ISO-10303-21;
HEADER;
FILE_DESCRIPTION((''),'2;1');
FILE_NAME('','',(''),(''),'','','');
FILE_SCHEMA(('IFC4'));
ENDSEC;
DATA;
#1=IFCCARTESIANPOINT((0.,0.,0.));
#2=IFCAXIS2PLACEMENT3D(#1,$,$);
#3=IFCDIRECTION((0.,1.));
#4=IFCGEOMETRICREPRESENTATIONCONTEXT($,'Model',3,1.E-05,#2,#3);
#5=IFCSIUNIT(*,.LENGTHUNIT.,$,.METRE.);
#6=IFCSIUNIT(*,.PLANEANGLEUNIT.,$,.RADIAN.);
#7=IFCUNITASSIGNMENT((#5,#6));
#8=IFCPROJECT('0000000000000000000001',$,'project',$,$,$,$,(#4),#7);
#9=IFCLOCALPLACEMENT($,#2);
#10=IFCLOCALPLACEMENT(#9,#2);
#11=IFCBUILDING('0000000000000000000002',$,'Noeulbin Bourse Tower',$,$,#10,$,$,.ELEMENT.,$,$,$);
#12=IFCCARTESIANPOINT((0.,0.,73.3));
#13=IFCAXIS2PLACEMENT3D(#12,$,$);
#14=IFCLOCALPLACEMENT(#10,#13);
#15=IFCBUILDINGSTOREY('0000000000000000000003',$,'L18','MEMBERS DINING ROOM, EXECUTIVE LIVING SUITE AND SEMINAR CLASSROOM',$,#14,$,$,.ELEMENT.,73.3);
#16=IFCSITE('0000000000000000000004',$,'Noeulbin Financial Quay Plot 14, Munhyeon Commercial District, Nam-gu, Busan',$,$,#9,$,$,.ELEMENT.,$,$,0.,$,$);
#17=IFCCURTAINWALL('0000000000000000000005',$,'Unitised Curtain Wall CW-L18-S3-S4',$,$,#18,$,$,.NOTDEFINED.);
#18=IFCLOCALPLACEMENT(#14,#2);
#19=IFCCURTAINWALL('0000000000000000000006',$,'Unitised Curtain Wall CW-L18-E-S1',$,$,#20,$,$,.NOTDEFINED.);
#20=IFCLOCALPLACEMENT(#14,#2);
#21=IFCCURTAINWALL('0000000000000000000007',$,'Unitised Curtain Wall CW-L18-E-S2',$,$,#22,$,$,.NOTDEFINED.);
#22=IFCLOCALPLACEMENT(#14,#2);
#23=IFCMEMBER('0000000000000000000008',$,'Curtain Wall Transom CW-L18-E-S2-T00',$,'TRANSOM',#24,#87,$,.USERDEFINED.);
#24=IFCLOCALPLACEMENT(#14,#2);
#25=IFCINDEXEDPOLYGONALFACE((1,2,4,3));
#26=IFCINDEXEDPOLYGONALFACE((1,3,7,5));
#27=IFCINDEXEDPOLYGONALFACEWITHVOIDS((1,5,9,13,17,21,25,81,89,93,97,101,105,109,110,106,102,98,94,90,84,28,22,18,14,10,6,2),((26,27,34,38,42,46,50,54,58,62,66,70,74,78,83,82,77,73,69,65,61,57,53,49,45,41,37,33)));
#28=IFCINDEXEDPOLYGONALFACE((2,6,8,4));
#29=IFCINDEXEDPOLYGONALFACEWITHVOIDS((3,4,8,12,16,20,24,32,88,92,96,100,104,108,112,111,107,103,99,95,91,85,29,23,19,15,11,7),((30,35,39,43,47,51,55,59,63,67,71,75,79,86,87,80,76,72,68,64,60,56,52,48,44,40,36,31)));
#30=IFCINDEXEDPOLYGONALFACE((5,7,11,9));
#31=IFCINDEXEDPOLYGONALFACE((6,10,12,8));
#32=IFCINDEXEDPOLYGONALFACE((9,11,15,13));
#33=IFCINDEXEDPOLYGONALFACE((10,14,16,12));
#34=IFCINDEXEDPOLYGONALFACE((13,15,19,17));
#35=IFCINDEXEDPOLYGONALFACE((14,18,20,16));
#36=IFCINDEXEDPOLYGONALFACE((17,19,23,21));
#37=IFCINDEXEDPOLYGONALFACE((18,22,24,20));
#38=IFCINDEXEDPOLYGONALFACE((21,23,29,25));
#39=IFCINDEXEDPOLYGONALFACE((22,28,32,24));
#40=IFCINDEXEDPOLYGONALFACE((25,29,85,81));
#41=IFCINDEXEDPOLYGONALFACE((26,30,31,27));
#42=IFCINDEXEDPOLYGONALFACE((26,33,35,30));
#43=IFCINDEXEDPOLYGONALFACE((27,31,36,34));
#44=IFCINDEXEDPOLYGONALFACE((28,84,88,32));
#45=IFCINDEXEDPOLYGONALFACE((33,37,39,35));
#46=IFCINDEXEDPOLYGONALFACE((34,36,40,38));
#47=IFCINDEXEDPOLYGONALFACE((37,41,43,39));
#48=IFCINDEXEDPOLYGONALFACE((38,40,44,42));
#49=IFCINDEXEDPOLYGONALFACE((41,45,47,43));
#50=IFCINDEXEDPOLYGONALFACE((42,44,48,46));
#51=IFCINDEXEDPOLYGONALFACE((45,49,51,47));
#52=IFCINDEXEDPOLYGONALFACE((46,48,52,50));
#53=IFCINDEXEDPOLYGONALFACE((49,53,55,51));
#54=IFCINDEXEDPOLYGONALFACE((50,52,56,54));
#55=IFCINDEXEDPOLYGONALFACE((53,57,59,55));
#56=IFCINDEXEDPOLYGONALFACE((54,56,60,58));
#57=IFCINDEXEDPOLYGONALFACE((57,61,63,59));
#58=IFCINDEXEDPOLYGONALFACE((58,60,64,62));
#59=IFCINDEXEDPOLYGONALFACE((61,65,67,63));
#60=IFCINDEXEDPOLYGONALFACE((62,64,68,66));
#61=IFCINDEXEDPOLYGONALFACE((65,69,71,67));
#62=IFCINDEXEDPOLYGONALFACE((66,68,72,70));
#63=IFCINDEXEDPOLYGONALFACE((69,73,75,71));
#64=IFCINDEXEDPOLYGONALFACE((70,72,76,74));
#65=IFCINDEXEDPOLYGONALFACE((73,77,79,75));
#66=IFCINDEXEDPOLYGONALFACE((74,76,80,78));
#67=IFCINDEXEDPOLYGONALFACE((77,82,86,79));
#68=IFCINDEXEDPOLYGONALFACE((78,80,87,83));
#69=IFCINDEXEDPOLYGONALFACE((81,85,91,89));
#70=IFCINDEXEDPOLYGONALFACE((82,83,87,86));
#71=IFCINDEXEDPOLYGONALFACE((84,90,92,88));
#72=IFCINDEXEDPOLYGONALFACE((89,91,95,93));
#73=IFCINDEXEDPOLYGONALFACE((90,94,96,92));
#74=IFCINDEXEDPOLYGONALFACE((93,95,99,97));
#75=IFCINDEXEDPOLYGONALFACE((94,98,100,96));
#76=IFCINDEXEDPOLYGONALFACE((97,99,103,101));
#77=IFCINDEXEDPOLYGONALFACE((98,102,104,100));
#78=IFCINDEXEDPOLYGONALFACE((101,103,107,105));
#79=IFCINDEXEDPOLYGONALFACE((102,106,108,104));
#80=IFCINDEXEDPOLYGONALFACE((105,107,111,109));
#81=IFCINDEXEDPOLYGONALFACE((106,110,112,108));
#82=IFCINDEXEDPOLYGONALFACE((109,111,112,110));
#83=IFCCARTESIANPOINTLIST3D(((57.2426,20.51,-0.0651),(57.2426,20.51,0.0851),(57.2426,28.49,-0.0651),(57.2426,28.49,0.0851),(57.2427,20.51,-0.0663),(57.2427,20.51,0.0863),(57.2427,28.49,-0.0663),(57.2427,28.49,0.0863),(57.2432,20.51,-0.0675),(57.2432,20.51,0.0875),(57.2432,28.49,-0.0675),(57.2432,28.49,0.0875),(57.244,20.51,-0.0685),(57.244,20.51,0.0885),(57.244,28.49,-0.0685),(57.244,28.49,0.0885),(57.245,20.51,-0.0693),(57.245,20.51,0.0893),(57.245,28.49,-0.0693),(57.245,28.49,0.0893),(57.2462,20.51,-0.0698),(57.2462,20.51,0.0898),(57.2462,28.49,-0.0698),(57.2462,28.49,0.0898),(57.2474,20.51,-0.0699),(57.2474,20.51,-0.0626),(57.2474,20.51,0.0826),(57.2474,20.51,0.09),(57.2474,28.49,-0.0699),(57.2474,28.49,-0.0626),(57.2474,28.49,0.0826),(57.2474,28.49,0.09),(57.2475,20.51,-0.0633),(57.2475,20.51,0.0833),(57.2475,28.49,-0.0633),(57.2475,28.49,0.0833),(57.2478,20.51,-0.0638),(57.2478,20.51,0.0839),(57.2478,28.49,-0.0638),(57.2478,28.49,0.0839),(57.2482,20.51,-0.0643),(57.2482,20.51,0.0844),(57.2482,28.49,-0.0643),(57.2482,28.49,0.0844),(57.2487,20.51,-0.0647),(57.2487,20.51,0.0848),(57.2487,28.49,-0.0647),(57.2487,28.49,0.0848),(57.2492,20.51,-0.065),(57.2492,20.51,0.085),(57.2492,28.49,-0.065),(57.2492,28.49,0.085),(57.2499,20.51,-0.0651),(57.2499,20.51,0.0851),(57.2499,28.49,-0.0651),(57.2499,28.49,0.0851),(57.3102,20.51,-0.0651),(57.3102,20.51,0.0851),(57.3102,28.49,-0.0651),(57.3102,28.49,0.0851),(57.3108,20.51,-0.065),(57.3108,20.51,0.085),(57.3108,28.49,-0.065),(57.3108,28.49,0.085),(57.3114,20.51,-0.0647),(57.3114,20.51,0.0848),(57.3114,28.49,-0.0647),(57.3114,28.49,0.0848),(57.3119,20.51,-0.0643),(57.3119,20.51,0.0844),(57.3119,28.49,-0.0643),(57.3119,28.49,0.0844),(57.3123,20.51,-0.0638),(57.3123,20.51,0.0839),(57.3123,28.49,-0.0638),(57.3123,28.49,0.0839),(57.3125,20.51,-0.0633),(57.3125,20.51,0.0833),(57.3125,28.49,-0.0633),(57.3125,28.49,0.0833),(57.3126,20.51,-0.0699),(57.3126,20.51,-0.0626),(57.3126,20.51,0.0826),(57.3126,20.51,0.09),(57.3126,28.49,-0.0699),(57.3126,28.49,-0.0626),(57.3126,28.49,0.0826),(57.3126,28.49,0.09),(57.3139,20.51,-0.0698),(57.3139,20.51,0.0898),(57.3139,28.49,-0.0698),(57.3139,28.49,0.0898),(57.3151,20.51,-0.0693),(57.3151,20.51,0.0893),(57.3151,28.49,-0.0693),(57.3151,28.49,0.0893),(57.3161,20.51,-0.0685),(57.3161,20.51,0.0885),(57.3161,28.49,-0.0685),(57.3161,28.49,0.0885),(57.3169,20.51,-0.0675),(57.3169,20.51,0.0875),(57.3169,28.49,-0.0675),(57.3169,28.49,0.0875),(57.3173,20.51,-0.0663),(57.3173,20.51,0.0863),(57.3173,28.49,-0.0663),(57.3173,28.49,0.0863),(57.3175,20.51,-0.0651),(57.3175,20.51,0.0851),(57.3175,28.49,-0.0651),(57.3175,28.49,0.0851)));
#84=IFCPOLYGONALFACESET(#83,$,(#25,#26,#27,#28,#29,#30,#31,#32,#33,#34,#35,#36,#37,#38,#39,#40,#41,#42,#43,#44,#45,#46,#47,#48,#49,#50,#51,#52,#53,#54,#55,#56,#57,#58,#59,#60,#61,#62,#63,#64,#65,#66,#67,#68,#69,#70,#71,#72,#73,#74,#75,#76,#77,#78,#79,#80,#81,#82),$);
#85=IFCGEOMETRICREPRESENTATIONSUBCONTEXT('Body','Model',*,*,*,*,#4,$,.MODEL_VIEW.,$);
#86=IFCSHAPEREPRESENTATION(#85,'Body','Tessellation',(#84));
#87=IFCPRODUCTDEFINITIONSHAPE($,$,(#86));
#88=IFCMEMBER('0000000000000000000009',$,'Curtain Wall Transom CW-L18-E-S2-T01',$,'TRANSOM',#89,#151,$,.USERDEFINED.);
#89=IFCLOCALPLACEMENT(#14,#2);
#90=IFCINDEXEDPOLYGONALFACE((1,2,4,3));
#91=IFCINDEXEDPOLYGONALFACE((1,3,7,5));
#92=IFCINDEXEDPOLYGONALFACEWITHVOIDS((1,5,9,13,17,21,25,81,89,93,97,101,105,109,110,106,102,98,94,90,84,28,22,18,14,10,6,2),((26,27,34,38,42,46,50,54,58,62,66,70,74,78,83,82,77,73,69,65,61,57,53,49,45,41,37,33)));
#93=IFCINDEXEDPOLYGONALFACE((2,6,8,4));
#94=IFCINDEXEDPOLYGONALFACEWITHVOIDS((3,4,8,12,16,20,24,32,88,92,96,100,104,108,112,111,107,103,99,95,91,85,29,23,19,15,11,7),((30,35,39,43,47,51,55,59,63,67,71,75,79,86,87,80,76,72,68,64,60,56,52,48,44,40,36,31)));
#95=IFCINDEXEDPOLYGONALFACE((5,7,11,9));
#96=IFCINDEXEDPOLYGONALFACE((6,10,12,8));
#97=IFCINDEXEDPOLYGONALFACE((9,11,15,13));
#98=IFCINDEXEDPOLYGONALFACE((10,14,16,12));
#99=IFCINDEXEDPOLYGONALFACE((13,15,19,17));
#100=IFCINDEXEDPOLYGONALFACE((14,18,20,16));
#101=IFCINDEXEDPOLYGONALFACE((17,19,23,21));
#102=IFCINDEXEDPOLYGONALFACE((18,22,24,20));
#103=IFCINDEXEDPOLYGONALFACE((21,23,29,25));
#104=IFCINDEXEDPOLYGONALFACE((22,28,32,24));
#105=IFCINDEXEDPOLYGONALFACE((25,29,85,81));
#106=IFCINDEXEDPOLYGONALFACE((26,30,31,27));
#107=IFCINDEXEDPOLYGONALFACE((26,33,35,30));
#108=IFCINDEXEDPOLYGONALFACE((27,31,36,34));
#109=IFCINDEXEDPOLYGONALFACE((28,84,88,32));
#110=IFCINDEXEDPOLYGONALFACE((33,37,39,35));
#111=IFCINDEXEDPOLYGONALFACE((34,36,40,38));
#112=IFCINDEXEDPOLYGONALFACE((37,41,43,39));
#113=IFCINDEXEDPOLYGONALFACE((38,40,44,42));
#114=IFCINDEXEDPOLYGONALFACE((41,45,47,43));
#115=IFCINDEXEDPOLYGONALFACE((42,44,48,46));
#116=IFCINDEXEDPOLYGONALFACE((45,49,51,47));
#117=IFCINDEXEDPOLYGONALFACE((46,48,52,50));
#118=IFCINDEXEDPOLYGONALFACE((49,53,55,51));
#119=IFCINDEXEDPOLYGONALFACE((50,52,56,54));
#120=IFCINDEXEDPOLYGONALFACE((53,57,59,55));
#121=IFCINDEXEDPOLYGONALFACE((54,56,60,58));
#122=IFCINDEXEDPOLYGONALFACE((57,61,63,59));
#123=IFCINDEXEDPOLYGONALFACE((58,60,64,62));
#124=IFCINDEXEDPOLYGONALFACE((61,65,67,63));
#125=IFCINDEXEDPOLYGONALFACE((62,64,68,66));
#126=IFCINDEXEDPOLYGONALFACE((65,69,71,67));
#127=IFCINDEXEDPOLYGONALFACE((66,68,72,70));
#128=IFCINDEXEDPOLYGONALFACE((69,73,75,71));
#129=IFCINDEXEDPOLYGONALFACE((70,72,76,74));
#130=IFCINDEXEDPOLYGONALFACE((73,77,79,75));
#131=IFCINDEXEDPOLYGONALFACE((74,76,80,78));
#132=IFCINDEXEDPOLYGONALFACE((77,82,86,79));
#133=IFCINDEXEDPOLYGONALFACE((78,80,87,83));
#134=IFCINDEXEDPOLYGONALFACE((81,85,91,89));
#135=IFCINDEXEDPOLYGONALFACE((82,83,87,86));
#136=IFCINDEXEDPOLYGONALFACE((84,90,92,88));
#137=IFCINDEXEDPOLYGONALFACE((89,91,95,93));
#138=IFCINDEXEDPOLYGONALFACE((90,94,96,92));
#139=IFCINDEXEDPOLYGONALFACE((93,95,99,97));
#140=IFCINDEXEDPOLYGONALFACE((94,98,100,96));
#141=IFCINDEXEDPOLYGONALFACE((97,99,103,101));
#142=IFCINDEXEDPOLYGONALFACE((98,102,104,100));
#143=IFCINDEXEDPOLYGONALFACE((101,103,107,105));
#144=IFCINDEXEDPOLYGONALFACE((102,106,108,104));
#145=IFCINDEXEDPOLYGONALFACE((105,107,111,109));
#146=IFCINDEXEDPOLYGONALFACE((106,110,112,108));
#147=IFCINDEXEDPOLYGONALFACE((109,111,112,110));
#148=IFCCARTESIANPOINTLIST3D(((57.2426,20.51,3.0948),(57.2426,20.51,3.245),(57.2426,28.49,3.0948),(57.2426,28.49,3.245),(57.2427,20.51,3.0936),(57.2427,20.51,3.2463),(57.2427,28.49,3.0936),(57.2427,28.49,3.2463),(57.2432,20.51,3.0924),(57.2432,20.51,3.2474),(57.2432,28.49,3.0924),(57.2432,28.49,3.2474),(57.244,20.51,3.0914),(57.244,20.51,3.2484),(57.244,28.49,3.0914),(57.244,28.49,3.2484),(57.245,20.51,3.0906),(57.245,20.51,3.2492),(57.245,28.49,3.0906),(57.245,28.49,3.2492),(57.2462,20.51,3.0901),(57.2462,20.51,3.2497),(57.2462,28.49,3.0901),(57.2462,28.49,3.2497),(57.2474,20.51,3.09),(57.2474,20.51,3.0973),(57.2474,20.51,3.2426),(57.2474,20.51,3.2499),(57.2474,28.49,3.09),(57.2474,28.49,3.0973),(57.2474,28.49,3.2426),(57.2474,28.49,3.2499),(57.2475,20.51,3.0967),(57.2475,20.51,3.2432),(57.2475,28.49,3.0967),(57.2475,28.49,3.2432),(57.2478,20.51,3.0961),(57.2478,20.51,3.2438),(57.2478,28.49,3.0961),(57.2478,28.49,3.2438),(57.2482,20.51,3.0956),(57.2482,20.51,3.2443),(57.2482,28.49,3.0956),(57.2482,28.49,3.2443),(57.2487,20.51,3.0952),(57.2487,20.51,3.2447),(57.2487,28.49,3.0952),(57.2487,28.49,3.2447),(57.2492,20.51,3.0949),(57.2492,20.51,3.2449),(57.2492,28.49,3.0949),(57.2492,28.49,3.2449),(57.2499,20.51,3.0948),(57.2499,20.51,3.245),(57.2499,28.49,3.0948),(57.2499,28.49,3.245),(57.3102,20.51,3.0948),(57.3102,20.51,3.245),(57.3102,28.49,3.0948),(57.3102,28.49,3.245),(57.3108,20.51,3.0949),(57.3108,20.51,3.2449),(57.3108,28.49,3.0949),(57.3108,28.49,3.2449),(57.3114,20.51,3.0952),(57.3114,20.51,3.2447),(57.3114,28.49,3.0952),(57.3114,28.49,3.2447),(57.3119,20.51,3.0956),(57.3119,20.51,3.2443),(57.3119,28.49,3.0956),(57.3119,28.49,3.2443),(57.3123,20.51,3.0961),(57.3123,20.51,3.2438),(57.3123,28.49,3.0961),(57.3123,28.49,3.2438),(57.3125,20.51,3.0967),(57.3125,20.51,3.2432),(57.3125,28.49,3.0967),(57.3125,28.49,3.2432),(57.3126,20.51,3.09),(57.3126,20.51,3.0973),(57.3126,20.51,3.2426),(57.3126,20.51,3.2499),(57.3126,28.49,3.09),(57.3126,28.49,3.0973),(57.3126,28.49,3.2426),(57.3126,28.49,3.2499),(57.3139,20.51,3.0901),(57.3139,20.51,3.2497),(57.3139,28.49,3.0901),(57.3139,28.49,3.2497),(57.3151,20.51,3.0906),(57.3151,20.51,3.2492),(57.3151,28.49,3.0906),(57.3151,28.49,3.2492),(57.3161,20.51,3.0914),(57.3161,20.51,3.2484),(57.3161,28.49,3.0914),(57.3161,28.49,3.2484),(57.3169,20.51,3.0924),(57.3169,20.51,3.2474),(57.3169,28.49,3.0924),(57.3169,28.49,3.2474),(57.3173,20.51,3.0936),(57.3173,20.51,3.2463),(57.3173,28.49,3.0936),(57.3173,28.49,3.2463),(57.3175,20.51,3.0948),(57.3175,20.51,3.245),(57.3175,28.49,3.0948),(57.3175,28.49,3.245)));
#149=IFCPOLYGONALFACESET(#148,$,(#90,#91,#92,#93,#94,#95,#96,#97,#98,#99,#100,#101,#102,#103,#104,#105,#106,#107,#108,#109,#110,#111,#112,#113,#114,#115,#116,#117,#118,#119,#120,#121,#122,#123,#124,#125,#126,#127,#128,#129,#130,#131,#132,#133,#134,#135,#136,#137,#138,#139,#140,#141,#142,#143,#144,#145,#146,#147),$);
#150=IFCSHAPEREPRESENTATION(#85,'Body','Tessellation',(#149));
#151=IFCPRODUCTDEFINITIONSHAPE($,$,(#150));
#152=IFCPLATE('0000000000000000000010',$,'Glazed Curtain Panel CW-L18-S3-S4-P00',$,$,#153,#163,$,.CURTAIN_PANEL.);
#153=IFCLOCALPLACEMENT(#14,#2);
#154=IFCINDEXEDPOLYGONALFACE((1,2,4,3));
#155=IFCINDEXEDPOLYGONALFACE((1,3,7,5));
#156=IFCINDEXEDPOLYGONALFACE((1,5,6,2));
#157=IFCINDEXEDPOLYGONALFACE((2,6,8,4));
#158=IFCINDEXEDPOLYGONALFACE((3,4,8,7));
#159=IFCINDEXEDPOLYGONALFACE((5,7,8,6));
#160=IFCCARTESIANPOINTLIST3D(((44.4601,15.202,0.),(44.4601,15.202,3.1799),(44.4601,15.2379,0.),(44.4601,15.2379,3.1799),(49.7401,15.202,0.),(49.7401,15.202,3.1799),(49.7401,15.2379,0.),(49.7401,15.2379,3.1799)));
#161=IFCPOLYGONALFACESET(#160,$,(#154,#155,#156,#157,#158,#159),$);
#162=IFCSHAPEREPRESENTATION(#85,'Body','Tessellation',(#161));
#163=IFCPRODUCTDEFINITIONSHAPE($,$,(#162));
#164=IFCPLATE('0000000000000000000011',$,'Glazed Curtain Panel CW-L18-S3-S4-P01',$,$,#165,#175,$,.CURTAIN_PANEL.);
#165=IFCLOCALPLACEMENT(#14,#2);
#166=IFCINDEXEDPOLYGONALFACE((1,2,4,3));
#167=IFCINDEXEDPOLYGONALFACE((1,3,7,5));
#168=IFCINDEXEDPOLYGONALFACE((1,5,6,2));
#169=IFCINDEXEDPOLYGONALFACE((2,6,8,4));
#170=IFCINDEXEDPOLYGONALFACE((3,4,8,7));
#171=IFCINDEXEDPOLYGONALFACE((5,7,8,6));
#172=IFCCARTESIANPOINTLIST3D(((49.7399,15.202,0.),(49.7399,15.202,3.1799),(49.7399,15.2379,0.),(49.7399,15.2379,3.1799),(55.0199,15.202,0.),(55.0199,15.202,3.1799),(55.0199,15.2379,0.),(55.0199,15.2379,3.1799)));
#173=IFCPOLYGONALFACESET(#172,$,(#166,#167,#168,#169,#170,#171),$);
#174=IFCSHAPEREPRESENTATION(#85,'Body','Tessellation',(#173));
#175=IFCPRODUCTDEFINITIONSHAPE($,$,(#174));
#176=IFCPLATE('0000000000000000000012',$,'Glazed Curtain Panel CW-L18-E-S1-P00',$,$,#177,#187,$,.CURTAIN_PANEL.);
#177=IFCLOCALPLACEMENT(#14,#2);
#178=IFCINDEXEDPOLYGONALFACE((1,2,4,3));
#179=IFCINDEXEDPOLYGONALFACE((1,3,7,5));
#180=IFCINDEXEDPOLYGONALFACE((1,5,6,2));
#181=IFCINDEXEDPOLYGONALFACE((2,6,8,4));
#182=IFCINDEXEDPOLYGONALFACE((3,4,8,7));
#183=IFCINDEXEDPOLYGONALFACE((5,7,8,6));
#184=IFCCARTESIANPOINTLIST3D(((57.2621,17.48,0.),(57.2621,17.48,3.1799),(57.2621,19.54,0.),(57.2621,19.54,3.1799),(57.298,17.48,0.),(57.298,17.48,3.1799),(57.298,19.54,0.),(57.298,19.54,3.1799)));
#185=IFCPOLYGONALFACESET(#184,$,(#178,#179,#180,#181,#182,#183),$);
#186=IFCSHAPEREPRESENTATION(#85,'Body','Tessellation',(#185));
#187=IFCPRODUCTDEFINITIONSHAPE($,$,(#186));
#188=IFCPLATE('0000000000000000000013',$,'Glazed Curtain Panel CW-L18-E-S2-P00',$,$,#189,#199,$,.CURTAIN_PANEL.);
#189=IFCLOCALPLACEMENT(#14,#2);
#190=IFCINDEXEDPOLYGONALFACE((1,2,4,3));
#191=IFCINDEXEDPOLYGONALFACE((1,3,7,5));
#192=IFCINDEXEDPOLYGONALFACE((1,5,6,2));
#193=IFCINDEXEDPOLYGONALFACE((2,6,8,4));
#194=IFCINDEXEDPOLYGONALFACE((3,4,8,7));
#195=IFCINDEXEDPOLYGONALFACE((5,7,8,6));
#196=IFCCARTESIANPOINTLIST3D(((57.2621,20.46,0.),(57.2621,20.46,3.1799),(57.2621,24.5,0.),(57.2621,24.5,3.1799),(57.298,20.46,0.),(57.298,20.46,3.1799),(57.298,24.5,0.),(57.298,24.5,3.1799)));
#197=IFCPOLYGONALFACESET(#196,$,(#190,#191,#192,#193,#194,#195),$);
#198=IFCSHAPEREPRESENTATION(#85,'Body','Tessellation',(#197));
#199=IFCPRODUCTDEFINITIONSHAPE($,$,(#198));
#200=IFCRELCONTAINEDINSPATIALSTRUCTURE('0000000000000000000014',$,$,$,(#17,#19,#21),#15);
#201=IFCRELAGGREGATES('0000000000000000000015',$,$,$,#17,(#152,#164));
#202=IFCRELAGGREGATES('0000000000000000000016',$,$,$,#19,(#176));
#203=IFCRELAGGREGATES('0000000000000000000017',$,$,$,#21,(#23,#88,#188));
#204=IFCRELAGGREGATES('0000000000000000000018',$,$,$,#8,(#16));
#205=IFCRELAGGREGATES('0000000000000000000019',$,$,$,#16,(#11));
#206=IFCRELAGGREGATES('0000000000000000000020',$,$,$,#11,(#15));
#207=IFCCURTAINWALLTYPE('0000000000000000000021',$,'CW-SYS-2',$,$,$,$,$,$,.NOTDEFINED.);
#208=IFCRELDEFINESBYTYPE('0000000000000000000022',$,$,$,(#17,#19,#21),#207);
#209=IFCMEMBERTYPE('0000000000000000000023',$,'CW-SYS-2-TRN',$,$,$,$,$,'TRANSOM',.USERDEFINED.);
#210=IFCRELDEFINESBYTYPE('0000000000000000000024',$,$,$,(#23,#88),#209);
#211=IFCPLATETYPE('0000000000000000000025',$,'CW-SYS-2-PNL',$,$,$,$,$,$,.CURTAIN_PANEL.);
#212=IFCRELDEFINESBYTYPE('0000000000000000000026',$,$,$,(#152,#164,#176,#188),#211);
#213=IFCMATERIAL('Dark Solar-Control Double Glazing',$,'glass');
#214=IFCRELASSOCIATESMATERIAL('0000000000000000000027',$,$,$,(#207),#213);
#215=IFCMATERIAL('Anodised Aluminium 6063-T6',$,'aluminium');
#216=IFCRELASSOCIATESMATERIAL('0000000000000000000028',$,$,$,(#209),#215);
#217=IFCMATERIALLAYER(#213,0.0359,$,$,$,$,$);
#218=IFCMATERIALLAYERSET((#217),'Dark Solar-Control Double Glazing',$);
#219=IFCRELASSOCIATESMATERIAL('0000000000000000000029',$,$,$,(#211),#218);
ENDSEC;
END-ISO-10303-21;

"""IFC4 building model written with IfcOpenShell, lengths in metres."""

from ifc_helpers import new_model, si_unit, direction, frame, origin, origin_2d, place, context, subcontext, project, spatial, rectangle, hollow_rectangle, extrude, material, layer, layer_set, material_profile, profile_set, type_object, element, aggregate, save


model = new_model("IFC4")

# Units and contexts
model_context = context("Model", 3, precision=1e-05, world=origin(), true_north=direction((0.0, 1.0)))
body_context = subcontext(model_context, "Body", "Model", "MODEL_VIEW")
ifc_project = project(units=[si_unit("LENGTHUNIT", "METRE"), si_unit("PLANEANGLEUNIT", "RADIAN")], contexts=[model_context])

# Site, building, storey
site_placement = place(None, origin())
site = spatial("IfcSite", under=ifc_project, at=site_placement, Name="Noeulbin Financial Quay Plot 14, Munhyeon Commercial District, Nam-gu, Busan", CompositionType="ELEMENT", RefElevation=0.0)
building_placement = place(site_placement, origin())
building = spatial("IfcBuilding", under=site, at=building_placement, Name="Noeulbin Bourse Tower", CompositionType="ELEMENT")
storey_placement = place(building_placement, frame((0.0, 0.0, 73.3)))
storey = spatial("IfcBuildingStorey", under=building, at=storey_placement, Name="L18", Description="MEMBERS DINING ROOM, EXECUTIVE LIVING SUITE AND SEMINAR CLASSROOM", CompositionType="ELEMENT", Elevation=73.3)

# Curtain walls
ifc_material_1 = material(Name="Dark Solar-Control Double Glazing", Category="glass")
curtain_wall_type = type_object("IfcCurtainWallType", Name="CW-SYS-2", PredefinedType="NOTDEFINED", material=ifc_material_1)
curtain_wall_1_placement = place(storey_placement, origin())
curtain_wall_1 = element("IfcCurtainWall", 1, at=curtain_wall_1_placement, inside=storey, type_object=curtain_wall_type, Name="Unitised Curtain Wall CW-L18-S3-S4", PredefinedType="NOTDEFINED")
ifc_material_2 = material(Name="Anodised Aluminium 6063-T6", Category="aluminium")
curtain_wall_2_placement = place(storey_placement, origin())
curtain_wall_2 = element("IfcCurtainWall", 2, at=curtain_wall_2_placement, inside=storey, type_object=curtain_wall_type, Name="Unitised Curtain Wall CW-L18-E-S1", PredefinedType="NOTDEFINED")
curtain_wall_3_placement = place(storey_placement, origin())
curtain_wall_3 = element("IfcCurtainWall", 3, at=curtain_wall_3_placement, inside=storey, type_object=curtain_wall_type, Name="Unitised Curtain Wall CW-L18-E-S2", PredefinedType="NOTDEFINED")

# Members
ifc_material_profile_1 = material_profile(ifc_material_2, hollow_rectangle(XDim=0.075, YDim=0.1599, WallThickness=0.0049, InnerFilletRadius=0.0024, OuterFilletRadius=0.0049, at=origin_2d()), Name="ALU-TRAN-75x160x5", Category="LoadBearing")
ifc_profile_set_1 = profile_set([ifc_material_profile_1], Name="Anodised Aluminium 6063-T6")
member_type_1 = type_object("IfcMemberType", Name="CW-SYS-2-TRN", ElementType="TRANSOM", PredefinedType="USERDEFINED", material=ifc_profile_set_1)
member_1_placement = place(storey_placement, frame((57.28, 20.51, 0.01), z_axis=(0.0, 1.0, 0.0), x_axis=(-1.0, 0.0, 0.0)))
member_1 = element("IfcMember", 4, at=member_1_placement, type_object=member_type_1, Name="Curtain Wall Transom CW-L18-E-S2-T00", ObjectType="TRANSOM", PredefinedType="USERDEFINED", context=body_context, shape_type="SweptSolid", body=[
    extrude(hollow_rectangle(XDim=0.075, YDim=0.1599, WallThickness=0.0049, InnerFilletRadius=0.0024, OuterFilletRadius=0.0049, at=origin_2d()), origin(), (0.0, 0.0, 1.0), 7.98),
])
member_2_placement = place(storey_placement, frame((57.28, 20.51, 3.1699), z_axis=(0.0, 1.0, 0.0), x_axis=(-1.0, 0.0, 0.0)))
member_2 = element("IfcMember", 5, at=member_2_placement, type_object=member_type_1, Name="Curtain Wall Transom CW-L18-E-S2-T01", ObjectType="TRANSOM", PredefinedType="USERDEFINED", context=body_context, shape_type="SweptSolid", body=[
    extrude(hollow_rectangle(XDim=0.075, YDim=0.1599, WallThickness=0.0049, InnerFilletRadius=0.0024, OuterFilletRadius=0.0049, at=origin_2d()), origin(), (0.0, 0.0, 1.0), 7.98),
])

# Plates
ifc_layer_1 = layer(ifc_material_1, 0.0359)
ifc_layer_set_1 = layer_set([ifc_layer_1], Name="Dark Solar-Control Double Glazing")
plate_type_1 = type_object("IfcPlateType", Name="CW-SYS-2-PNL", PredefinedType="CURTAIN_PANEL", material=ifc_layer_set_1)
plate_1_placement = place(storey_placement, frame((47.1001, 15.22, 0.0), z_axis=(0.0, 0.0, 1.0), x_axis=(1.0, 0.0, 0.0)))
plate_1 = element("IfcPlate", 6, at=plate_1_placement, type_object=plate_type_1, Name="Glazed Curtain Panel CW-L18-S3-S4-P00", PredefinedType="CURTAIN_PANEL", context=body_context, shape_type="SweptSolid", body=[
    extrude(rectangle(XDim=5.28, YDim=0.0359, at=origin_2d()), origin(), (0.0, 0.0, 1.0), 3.1799),
])
plate_2_placement = place(storey_placement, frame((52.3799, 15.22, 0.0), z_axis=(0.0, 0.0, 1.0), x_axis=(1.0, 0.0, 0.0)))
plate_2 = element("IfcPlate", 7, at=plate_2_placement, type_object=plate_type_1, Name="Glazed Curtain Panel CW-L18-S3-S4-P01", PredefinedType="CURTAIN_PANEL", context=body_context, shape_type="SweptSolid", body=[
    extrude(rectangle(XDim=5.28, YDim=0.0359, at=origin_2d()), origin(), (0.0, 0.0, 1.0), 3.1799),
])
aggregate(curtain_wall_1, [plate_1, plate_2])
plate_3_placement = place(storey_placement, frame((57.28, 18.51, 0.0), z_axis=(0.0, 0.0, 1.0), x_axis=(0.0, 1.0, 0.0)))
plate_3 = element("IfcPlate", 8, at=plate_3_placement, type_object=plate_type_1, Name="Glazed Curtain Panel CW-L18-E-S1-P00", PredefinedType="CURTAIN_PANEL", context=body_context, shape_type="SweptSolid", body=[
    extrude(rectangle(XDim=2.0601, YDim=0.0359, at=origin_2d()), origin(), (0.0, 0.0, 1.0), 3.1799),
])
aggregate(curtain_wall_2, [plate_3])
plate_4_placement = place(storey_placement, frame((57.28, 22.48, 0.0), z_axis=(0.0, 0.0, 1.0), x_axis=(0.0, 1.0, 0.0)))
plate_4 = element("IfcPlate", 9, at=plate_4_placement, type_object=plate_type_1, Name="Glazed Curtain Panel CW-L18-E-S2-P00", PredefinedType="CURTAIN_PANEL", context=body_context, shape_type="SweptSolid", body=[
    extrude(rectangle(XDim=4.04, YDim=0.0359, at=origin_2d()), origin(), (0.0, 0.0, 1.0), 3.1799),
])
aggregate(curtain_wall_3, [member_1, member_2, plate_4])

save(model, "model.ifc")
